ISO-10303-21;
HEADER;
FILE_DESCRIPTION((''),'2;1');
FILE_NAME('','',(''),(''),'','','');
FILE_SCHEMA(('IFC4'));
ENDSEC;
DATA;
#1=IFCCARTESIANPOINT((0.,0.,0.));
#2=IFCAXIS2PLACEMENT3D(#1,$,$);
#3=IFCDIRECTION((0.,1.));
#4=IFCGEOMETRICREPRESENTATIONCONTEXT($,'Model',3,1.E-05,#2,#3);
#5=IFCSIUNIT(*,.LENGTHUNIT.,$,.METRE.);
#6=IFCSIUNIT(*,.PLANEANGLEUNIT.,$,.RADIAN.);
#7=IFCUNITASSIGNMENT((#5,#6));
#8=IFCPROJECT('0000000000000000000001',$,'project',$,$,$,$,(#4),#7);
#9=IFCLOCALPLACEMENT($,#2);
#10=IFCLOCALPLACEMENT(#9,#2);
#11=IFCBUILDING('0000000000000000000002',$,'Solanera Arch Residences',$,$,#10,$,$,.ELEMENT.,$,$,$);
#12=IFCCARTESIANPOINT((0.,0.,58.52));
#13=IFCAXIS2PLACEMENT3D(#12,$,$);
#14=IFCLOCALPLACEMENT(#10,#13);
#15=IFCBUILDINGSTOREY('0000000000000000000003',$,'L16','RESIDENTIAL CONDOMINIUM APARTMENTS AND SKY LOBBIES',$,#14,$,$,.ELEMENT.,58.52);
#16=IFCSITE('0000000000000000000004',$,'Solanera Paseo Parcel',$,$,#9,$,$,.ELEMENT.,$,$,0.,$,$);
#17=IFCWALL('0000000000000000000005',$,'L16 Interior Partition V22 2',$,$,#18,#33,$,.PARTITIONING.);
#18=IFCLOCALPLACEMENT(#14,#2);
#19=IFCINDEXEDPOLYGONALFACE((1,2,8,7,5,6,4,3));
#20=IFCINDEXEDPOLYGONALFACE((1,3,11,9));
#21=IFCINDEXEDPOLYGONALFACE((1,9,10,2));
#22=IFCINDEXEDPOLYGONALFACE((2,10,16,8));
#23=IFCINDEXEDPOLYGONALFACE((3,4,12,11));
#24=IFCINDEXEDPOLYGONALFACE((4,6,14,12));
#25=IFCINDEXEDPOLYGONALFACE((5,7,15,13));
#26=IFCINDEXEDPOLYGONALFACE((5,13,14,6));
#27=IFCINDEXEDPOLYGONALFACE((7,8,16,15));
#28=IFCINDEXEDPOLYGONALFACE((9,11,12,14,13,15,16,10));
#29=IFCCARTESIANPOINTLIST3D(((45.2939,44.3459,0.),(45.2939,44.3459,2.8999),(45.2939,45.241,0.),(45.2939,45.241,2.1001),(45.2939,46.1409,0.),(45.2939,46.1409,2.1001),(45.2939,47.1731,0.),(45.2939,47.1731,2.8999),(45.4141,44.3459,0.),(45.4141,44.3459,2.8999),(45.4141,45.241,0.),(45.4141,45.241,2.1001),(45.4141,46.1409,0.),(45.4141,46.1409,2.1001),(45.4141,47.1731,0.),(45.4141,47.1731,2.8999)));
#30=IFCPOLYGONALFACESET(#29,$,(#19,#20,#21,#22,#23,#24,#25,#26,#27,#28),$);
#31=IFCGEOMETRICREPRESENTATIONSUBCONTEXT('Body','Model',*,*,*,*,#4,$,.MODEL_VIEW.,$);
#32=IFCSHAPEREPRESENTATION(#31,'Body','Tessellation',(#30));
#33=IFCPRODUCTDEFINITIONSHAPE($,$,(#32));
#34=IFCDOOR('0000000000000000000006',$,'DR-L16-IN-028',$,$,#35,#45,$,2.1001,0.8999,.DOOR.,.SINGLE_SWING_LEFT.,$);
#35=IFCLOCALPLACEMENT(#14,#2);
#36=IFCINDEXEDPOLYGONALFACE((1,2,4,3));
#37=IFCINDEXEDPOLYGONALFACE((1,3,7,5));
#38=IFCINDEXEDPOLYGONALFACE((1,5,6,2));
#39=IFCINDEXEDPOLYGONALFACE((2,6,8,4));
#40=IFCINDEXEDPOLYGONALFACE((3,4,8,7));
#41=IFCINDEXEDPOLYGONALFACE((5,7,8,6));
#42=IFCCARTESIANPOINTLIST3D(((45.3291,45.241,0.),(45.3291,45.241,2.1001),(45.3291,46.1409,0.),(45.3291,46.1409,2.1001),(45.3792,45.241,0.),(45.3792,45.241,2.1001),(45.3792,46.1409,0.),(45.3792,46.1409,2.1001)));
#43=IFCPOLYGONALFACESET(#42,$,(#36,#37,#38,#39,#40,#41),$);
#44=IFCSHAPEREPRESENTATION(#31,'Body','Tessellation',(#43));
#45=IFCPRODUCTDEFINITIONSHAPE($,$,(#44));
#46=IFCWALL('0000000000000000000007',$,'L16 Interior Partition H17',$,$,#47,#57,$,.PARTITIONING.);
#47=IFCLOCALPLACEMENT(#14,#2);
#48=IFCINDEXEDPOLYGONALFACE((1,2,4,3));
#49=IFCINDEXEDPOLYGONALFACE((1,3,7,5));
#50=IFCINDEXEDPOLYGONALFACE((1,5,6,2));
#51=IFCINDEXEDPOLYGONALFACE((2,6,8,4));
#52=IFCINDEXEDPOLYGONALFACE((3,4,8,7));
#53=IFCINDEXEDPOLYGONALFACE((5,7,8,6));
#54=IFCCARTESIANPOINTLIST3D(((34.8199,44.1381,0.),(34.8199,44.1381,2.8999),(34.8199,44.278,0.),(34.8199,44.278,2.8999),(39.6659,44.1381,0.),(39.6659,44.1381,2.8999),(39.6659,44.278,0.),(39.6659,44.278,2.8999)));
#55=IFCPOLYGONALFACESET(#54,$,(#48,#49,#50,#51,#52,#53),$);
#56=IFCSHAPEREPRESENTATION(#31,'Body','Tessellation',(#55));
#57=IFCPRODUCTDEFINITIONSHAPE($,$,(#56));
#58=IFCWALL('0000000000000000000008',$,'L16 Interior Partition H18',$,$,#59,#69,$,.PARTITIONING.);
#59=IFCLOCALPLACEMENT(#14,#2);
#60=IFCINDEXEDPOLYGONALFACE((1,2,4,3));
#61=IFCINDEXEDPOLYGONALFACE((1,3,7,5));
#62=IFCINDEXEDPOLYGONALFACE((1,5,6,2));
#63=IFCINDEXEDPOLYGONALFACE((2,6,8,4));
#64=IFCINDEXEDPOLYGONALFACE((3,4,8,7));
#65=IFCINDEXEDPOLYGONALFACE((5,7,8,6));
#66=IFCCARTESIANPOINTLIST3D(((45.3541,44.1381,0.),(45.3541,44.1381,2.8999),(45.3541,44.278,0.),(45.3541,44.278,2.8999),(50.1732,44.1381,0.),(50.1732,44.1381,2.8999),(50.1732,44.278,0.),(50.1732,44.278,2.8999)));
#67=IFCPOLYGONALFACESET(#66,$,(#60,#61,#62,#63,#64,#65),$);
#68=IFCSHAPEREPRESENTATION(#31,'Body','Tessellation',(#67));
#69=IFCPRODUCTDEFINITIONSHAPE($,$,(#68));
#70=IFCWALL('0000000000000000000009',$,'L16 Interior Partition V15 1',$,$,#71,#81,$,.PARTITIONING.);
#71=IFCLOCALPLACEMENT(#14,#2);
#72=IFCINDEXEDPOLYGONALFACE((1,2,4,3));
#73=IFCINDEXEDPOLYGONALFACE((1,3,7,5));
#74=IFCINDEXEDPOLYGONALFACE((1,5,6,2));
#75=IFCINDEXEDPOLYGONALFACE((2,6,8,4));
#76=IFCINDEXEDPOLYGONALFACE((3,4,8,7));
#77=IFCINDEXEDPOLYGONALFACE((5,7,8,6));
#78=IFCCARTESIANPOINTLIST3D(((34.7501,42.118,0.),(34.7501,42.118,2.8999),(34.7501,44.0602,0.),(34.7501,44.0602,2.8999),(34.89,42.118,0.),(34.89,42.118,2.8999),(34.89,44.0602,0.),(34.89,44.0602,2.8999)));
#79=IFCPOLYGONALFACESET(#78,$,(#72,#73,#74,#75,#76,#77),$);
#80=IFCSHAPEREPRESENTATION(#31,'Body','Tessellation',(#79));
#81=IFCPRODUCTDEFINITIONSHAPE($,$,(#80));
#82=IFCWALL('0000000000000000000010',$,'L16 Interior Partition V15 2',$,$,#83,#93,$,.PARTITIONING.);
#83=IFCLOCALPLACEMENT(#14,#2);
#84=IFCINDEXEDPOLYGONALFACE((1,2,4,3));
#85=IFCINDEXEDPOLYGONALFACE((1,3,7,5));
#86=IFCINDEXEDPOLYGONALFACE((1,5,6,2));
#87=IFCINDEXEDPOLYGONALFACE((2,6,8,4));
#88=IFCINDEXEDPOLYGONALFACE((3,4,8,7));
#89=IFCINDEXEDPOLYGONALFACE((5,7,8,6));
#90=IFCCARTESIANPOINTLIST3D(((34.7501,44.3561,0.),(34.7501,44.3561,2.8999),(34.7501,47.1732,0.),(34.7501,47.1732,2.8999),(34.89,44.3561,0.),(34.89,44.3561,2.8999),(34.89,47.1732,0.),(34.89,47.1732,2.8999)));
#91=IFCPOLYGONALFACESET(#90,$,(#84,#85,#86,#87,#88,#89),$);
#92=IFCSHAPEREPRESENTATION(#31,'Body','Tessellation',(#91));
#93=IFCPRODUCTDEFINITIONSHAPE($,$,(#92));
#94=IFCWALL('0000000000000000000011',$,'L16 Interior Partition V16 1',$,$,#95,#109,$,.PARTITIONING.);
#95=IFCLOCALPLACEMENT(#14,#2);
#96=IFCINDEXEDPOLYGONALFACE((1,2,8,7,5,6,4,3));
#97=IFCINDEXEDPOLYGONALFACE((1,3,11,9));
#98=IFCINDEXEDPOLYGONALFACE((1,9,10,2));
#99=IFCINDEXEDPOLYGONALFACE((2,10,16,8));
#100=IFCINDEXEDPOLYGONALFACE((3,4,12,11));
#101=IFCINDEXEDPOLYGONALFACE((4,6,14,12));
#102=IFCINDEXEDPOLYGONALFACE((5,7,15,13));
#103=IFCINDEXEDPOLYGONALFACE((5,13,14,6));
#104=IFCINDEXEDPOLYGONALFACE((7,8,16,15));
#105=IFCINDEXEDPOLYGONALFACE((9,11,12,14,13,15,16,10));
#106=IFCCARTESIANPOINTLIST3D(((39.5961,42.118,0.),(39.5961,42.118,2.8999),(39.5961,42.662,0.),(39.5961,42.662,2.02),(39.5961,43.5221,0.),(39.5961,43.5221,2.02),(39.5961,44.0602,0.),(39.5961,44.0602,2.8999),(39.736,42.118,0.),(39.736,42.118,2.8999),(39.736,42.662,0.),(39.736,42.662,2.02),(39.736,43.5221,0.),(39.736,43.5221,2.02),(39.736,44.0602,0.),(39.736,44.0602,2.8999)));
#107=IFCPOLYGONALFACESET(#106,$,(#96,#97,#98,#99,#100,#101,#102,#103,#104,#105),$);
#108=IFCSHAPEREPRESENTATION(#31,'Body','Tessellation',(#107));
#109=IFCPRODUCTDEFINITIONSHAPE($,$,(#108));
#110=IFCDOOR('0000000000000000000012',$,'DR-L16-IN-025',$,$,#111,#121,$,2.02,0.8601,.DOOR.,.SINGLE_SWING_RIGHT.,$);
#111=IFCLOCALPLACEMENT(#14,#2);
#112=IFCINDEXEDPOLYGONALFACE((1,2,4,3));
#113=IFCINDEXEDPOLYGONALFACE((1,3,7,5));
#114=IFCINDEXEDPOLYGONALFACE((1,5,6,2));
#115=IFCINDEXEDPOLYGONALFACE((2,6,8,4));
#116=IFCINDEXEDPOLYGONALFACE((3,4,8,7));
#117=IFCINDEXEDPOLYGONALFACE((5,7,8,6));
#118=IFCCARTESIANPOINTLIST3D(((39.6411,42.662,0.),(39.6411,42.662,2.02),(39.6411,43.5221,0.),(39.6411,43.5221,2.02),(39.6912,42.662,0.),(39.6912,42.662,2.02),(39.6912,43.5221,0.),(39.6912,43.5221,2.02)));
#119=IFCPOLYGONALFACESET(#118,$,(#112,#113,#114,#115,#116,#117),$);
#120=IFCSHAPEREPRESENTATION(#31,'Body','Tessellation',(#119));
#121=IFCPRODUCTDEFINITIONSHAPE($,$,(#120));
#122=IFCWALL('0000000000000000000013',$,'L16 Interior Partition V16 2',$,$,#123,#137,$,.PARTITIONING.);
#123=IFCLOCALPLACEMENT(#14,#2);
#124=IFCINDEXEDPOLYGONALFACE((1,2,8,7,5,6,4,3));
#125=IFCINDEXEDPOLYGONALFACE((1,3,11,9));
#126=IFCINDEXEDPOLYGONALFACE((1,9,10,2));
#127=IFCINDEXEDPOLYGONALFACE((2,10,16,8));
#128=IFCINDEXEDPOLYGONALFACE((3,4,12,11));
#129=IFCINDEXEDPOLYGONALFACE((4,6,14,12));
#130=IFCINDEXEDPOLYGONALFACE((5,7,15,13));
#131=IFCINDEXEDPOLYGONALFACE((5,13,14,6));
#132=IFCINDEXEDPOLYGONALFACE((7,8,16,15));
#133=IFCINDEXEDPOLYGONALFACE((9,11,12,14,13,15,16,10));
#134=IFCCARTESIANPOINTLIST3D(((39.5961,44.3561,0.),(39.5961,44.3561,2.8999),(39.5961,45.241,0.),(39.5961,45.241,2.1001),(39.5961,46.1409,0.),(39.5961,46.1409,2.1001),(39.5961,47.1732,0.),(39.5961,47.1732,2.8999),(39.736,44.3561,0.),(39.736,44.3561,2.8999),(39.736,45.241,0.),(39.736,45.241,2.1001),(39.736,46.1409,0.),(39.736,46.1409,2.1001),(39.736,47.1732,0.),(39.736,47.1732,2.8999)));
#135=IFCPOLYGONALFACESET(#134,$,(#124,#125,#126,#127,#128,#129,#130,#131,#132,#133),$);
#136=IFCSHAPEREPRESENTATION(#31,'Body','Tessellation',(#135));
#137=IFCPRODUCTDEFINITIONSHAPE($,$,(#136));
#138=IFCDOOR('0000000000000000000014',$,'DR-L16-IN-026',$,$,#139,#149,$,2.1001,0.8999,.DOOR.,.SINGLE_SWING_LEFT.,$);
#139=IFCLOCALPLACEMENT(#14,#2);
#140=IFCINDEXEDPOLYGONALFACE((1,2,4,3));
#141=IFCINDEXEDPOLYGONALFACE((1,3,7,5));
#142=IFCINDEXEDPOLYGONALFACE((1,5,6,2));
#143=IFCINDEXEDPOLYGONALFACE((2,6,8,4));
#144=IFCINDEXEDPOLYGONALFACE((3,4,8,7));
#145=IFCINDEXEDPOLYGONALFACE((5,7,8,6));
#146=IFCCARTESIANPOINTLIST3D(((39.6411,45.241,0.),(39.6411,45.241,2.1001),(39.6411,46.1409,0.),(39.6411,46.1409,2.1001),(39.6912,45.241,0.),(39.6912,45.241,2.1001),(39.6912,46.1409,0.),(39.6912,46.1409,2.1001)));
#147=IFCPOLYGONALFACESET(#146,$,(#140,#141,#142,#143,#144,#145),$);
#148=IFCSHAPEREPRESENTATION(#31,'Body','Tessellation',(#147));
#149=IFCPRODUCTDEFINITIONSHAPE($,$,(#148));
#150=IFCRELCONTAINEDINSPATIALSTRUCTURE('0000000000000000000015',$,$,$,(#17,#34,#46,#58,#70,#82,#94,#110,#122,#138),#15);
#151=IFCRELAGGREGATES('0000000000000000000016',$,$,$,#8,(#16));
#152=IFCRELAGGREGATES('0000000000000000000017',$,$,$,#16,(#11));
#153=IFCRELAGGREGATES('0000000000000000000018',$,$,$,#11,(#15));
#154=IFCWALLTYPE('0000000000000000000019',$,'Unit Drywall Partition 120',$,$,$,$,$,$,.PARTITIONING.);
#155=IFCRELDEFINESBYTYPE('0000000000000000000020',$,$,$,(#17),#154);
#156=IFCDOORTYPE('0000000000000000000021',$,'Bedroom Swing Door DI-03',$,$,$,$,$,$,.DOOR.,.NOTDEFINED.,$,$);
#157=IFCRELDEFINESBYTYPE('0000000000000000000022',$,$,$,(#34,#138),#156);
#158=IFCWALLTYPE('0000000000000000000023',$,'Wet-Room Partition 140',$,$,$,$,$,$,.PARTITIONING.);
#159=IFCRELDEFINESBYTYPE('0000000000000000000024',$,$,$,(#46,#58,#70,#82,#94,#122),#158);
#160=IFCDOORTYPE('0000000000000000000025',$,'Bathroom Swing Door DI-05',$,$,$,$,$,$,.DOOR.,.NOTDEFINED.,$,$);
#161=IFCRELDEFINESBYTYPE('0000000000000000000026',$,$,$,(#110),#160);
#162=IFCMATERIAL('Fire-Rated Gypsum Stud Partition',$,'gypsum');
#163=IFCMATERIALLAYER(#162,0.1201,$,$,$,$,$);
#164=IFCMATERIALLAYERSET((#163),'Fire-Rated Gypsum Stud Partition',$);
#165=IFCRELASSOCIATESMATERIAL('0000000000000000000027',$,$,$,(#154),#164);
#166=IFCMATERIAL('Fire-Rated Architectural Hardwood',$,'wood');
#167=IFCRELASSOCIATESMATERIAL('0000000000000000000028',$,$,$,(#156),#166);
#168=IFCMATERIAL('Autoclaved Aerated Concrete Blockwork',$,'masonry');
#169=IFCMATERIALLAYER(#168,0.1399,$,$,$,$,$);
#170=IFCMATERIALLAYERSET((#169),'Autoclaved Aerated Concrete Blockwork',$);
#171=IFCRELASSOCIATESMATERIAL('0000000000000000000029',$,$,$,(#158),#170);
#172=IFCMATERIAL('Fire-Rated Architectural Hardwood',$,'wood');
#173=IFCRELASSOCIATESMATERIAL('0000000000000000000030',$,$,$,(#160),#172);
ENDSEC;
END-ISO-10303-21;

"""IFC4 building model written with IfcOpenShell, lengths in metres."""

from ifc_helpers import new_model, si_unit, direction, frame, frame_2d, origin, place, context, subcontext, project, spatial, rectangle, extrude, material, layer, layer_set, type_object, element, fill, save


model = new_model("IFC4")

# Units and contexts
model_context = context("Model", 3, precision=1e-05, world=origin(), true_north=direction((0.0, 1.0)))
body_context = subcontext(model_context, "Body", "Model", "MODEL_VIEW")
ifc_project = project(units=[si_unit("LENGTHUNIT", "METRE"), si_unit("PLANEANGLEUNIT", "RADIAN")], contexts=[model_context])

# Site, building, storey
site_placement = place(None, origin())
site = spatial("IfcSite", under=ifc_project, at=site_placement, Name="Solanera Paseo Parcel", CompositionType="ELEMENT", RefElevation=0.0)
building_placement = place(site_placement, origin())
building = spatial("IfcBuilding", under=site, at=building_placement, Name="Solanera Arch Residences", CompositionType="ELEMENT")
storey_placement = place(building_placement, frame((0.0, 0.0, 58.52)))
storey = spatial("IfcBuildingStorey", under=building, at=storey_placement, Name="L16", Description="RESIDENTIAL CONDOMINIUM APARTMENTS AND SKY LOBBIES", CompositionType="ELEMENT", Elevation=58.52)

# Shared definitions
ifc_material_1 = material(Name="Fire-Rated Gypsum Stud Partition", Category="gypsum")
ifc_layer_1 = layer(ifc_material_1, 0.1201)
ifc_layer_set_1 = layer_set([ifc_layer_1], Name="Fire-Rated Gypsum Stud Partition")
wall_type_1 = type_object("IfcWallType", Name="Unit Drywall Partition 120", PredefinedType="PARTITIONING", material=ifc_layer_set_1)

# Wall, opening, door
wall_1_placement = place(storey_placement, frame((45.354, 44.3459, 0.0), z_axis=(0.0, 0.0, 1.0), x_axis=(0.0, 1.0, 0.0)))
wall_1 = element("IfcWall", 1, at=wall_1_placement, inside=storey, type_object=wall_type_1, Name="L16 Interior Partition V22 2", PredefinedType="PARTITIONING", context=body_context, shape_type="SweptSolid", body=[
    extrude(rectangle(XDim=2.8271, YDim=0.1201, at=frame_2d((1.4136, 0.0))), origin(), (0.0, 0.0, 1.0), 2.8999),
])
opening_1_placement = place(wall_1_placement, frame((0.895, 0.0, 0.0)))
opening_1 = element("IfcOpeningElement", 2, at=opening_1_placement, cuts=wall_1, PredefinedType="OPENING", context=body_context, shape_type="SweptSolid", body=[
    extrude(rectangle(XDim=0.8999, YDim=2.1001, at=frame_2d((0.45, 1.05))), frame((0.0, 0.0701, 0.0), z_axis=(0.0, -1.0, 0.0), x_axis=(1.0, 0.0, 0.0)), (0.0, 0.0, 1.0), 0.1401),
])
ifc_material_2 = material(Name="Fire-Rated Architectural Hardwood", Category="wood")
door_type_1 = type_object("IfcDoorType", Name="Bedroom Swing Door DI-03", OperationType="NOTDEFINED", PredefinedType="DOOR", material=ifc_material_2)
door_1_placement = place(opening_1_placement, origin())
door_1 = element("IfcDoor", 3, at=door_1_placement, inside=storey, type_object=door_type_1, Name="DR-L16-IN-028", OperationType="SINGLE_SWING_LEFT", OverallHeight=2.1001, OverallWidth=0.8999, PredefinedType="DOOR", context=body_context, shape_type="SweptSolid", body=[
    extrude(rectangle(XDim=0.8999, YDim=2.1001, at=frame_2d((0.45, 1.05))), frame((0.0, 0.0249, 0.0), z_axis=(0.0, -1.0, 0.0), x_axis=(1.0, 0.0, 0.0)), (0.0, 0.0, 1.0), 0.05),
])
fill(opening_1, door_1)

# Walls
ifc_material_3 = material(Name="Autoclaved Aerated Concrete Blockwork", Category="masonry")
ifc_layer_2 = layer(ifc_material_3, 0.1399)
ifc_layer_set_2 = layer_set([ifc_layer_2], Name="Autoclaved Aerated Concrete Blockwork")
wall_type_2 = type_object("IfcWallType", Name="Wet-Room Partition 140", PredefinedType="PARTITIONING", material=ifc_layer_set_2)
wall_2_placement = place(storey_placement, frame((34.8201, 44.208, 0.0), z_axis=(0.0, 0.0, 1.0), x_axis=(1.0, 0.0, 0.0)))
element("IfcWall", 4, at=wall_2_placement, inside=storey, type_object=wall_type_2, Name="L16 Interior Partition H17", PredefinedType="PARTITIONING", context=body_context, shape_type="SweptSolid", body=[
    extrude(rectangle(XDim=4.8459, YDim=0.1399, at=frame_2d((2.4229, 0.0))), origin(), (0.0, 0.0, 1.0), 2.8999),
])
wall_3_placement = place(storey_placement, frame((45.354, 44.208, 0.0), z_axis=(0.0, 0.0, 1.0), x_axis=(1.0, 0.0, 0.0)))
element("IfcWall", 5, at=wall_3_placement, inside=storey, type_object=wall_type_2, Name="L16 Interior Partition H18", PredefinedType="PARTITIONING", context=body_context, shape_type="SweptSolid", body=[
    extrude(rectangle(XDim=4.8191, YDim=0.1399, at=frame_2d((2.4097, 0.0))), origin(), (0.0, 0.0, 1.0), 2.8999),
])
wall_4_placement = place(storey_placement, frame((34.8201, 42.1179, 0.0), z_axis=(0.0, 0.0, 1.0), x_axis=(0.0, 1.0, 0.0)))
element("IfcWall", 6, at=wall_4_placement, inside=storey, type_object=wall_type_2, Name="L16 Interior Partition V15 1", PredefinedType="PARTITIONING", context=body_context, shape_type="SweptSolid", body=[
    extrude(rectangle(XDim=1.9421, YDim=0.1399, at=frame_2d((0.9712, 0.0))), origin(), (0.0, 0.0, 1.0), 2.8999),
])
wall_5_placement = place(storey_placement, frame((34.8201, 44.356, 0.0), z_axis=(0.0, 0.0, 1.0), x_axis=(0.0, 1.0, 0.0)))
element("IfcWall", 7, at=wall_5_placement, inside=storey, type_object=wall_type_2, Name="L16 Interior Partition V15 2", PredefinedType="PARTITIONING", context=body_context, shape_type="SweptSolid", body=[
    extrude(rectangle(XDim=2.8171, YDim=0.1399, at=frame_2d((1.4087, 0.0))), origin(), (0.0, 0.0, 1.0), 2.8999),
])

# Walls, openings, doors
wall_6_placement = place(storey_placement, frame((39.666, 42.1179, 0.0), z_axis=(0.0, 0.0, 1.0), x_axis=(0.0, 1.0, 0.0)))
wall_6 = element("IfcWall", 8, at=wall_6_placement, inside=storey, type_object=wall_type_2, Name="L16 Interior Partition V16 1", PredefinedType="PARTITIONING", context=body_context, shape_type="SweptSolid", body=[
    extrude(rectangle(XDim=1.9421, YDim=0.1399, at=frame_2d((0.9712, 0.0))), origin(), (0.0, 0.0, 1.0), 2.8999),
])
opening_2_placement = place(wall_6_placement, frame((0.5439, 0.0, 0.0)))
opening_2 = element("IfcOpeningElement", 9, at=opening_2_placement, cuts=wall_6, PredefinedType="OPENING", context=body_context, shape_type="SweptSolid", body=[
    extrude(rectangle(XDim=0.8601, YDim=2.02, at=frame_2d((0.4302, 1.01))), frame((0.0, 0.0798, 0.0), z_axis=(0.0, -1.0, 0.0), x_axis=(1.0, 0.0, 0.0)), (0.0, 0.0, 1.0), 0.1599),
])
ifc_material_4 = material(Name="Fire-Rated Architectural Hardwood", Category="wood")
door_type_2 = type_object("IfcDoorType", Name="Bathroom Swing Door DI-05", OperationType="NOTDEFINED", PredefinedType="DOOR", material=ifc_material_4)
door_2_placement = place(opening_2_placement, origin())
door_2 = element("IfcDoor", 10, at=door_2_placement, inside=storey, type_object=door_type_2, Name="DR-L16-IN-025", OperationType="SINGLE_SWING_RIGHT", OverallHeight=2.02, OverallWidth=0.8601, PredefinedType="DOOR", context=body_context, shape_type="SweptSolid", body=[
    extrude(rectangle(XDim=0.8601, YDim=2.02, at=frame_2d((0.4302, 1.01))), frame((0.0, 0.0249, 0.0), z_axis=(0.0, -1.0, 0.0), x_axis=(1.0, 0.0, 0.0)), (0.0, 0.0, 1.0), 0.05),
])
fill(opening_2, door_2)
wall_7_placement = place(storey_placement, frame((39.666, 44.356, 0.0), z_axis=(0.0, 0.0, 1.0), x_axis=(0.0, 1.0, 0.0)))
wall_7 = element("IfcWall", 11, at=wall_7_placement, inside=storey, type_object=wall_type_2, Name="L16 Interior Partition V16 2", PredefinedType="PARTITIONING", context=body_context, shape_type="SweptSolid", body=[
    extrude(rectangle(XDim=2.8171, YDim=0.1399, at=frame_2d((1.4087, 0.0))), origin(), (0.0, 0.0, 1.0), 2.8999),
])
opening_3_placement = place(wall_7_placement, frame((0.885, 0.0, 0.0)))
opening_3 = element("IfcOpeningElement", 12, at=opening_3_placement, cuts=wall_7, PredefinedType="OPENING", context=body_context, shape_type="SweptSolid", body=[
    extrude(rectangle(XDim=0.8999, YDim=2.1001, at=frame_2d((0.45, 1.05))), frame((0.0, 0.0798, 0.0), z_axis=(0.0, -1.0, 0.0), x_axis=(1.0, 0.0, 0.0)), (0.0, 0.0, 1.0), 0.1599),
])
door_3_placement = place(opening_3_placement, origin())
door_3 = element("IfcDoor", 13, at=door_3_placement, inside=storey, type_object=door_type_1, Name="DR-L16-IN-026", OperationType="SINGLE_SWING_LEFT", OverallHeight=2.1001, OverallWidth=0.8999, PredefinedType="DOOR", context=body_context, shape_type="SweptSolid", body=[
    extrude(rectangle(XDim=0.8999, YDim=2.1001, at=frame_2d((0.45, 1.05))), frame((0.0, 0.0249, 0.0), z_axis=(0.0, -1.0, 0.0), x_axis=(1.0, 0.0, 0.0)), (0.0, 0.0, 1.0), 0.05),
])
fill(opening_3, door_3)

save(model, "model.ifc")
